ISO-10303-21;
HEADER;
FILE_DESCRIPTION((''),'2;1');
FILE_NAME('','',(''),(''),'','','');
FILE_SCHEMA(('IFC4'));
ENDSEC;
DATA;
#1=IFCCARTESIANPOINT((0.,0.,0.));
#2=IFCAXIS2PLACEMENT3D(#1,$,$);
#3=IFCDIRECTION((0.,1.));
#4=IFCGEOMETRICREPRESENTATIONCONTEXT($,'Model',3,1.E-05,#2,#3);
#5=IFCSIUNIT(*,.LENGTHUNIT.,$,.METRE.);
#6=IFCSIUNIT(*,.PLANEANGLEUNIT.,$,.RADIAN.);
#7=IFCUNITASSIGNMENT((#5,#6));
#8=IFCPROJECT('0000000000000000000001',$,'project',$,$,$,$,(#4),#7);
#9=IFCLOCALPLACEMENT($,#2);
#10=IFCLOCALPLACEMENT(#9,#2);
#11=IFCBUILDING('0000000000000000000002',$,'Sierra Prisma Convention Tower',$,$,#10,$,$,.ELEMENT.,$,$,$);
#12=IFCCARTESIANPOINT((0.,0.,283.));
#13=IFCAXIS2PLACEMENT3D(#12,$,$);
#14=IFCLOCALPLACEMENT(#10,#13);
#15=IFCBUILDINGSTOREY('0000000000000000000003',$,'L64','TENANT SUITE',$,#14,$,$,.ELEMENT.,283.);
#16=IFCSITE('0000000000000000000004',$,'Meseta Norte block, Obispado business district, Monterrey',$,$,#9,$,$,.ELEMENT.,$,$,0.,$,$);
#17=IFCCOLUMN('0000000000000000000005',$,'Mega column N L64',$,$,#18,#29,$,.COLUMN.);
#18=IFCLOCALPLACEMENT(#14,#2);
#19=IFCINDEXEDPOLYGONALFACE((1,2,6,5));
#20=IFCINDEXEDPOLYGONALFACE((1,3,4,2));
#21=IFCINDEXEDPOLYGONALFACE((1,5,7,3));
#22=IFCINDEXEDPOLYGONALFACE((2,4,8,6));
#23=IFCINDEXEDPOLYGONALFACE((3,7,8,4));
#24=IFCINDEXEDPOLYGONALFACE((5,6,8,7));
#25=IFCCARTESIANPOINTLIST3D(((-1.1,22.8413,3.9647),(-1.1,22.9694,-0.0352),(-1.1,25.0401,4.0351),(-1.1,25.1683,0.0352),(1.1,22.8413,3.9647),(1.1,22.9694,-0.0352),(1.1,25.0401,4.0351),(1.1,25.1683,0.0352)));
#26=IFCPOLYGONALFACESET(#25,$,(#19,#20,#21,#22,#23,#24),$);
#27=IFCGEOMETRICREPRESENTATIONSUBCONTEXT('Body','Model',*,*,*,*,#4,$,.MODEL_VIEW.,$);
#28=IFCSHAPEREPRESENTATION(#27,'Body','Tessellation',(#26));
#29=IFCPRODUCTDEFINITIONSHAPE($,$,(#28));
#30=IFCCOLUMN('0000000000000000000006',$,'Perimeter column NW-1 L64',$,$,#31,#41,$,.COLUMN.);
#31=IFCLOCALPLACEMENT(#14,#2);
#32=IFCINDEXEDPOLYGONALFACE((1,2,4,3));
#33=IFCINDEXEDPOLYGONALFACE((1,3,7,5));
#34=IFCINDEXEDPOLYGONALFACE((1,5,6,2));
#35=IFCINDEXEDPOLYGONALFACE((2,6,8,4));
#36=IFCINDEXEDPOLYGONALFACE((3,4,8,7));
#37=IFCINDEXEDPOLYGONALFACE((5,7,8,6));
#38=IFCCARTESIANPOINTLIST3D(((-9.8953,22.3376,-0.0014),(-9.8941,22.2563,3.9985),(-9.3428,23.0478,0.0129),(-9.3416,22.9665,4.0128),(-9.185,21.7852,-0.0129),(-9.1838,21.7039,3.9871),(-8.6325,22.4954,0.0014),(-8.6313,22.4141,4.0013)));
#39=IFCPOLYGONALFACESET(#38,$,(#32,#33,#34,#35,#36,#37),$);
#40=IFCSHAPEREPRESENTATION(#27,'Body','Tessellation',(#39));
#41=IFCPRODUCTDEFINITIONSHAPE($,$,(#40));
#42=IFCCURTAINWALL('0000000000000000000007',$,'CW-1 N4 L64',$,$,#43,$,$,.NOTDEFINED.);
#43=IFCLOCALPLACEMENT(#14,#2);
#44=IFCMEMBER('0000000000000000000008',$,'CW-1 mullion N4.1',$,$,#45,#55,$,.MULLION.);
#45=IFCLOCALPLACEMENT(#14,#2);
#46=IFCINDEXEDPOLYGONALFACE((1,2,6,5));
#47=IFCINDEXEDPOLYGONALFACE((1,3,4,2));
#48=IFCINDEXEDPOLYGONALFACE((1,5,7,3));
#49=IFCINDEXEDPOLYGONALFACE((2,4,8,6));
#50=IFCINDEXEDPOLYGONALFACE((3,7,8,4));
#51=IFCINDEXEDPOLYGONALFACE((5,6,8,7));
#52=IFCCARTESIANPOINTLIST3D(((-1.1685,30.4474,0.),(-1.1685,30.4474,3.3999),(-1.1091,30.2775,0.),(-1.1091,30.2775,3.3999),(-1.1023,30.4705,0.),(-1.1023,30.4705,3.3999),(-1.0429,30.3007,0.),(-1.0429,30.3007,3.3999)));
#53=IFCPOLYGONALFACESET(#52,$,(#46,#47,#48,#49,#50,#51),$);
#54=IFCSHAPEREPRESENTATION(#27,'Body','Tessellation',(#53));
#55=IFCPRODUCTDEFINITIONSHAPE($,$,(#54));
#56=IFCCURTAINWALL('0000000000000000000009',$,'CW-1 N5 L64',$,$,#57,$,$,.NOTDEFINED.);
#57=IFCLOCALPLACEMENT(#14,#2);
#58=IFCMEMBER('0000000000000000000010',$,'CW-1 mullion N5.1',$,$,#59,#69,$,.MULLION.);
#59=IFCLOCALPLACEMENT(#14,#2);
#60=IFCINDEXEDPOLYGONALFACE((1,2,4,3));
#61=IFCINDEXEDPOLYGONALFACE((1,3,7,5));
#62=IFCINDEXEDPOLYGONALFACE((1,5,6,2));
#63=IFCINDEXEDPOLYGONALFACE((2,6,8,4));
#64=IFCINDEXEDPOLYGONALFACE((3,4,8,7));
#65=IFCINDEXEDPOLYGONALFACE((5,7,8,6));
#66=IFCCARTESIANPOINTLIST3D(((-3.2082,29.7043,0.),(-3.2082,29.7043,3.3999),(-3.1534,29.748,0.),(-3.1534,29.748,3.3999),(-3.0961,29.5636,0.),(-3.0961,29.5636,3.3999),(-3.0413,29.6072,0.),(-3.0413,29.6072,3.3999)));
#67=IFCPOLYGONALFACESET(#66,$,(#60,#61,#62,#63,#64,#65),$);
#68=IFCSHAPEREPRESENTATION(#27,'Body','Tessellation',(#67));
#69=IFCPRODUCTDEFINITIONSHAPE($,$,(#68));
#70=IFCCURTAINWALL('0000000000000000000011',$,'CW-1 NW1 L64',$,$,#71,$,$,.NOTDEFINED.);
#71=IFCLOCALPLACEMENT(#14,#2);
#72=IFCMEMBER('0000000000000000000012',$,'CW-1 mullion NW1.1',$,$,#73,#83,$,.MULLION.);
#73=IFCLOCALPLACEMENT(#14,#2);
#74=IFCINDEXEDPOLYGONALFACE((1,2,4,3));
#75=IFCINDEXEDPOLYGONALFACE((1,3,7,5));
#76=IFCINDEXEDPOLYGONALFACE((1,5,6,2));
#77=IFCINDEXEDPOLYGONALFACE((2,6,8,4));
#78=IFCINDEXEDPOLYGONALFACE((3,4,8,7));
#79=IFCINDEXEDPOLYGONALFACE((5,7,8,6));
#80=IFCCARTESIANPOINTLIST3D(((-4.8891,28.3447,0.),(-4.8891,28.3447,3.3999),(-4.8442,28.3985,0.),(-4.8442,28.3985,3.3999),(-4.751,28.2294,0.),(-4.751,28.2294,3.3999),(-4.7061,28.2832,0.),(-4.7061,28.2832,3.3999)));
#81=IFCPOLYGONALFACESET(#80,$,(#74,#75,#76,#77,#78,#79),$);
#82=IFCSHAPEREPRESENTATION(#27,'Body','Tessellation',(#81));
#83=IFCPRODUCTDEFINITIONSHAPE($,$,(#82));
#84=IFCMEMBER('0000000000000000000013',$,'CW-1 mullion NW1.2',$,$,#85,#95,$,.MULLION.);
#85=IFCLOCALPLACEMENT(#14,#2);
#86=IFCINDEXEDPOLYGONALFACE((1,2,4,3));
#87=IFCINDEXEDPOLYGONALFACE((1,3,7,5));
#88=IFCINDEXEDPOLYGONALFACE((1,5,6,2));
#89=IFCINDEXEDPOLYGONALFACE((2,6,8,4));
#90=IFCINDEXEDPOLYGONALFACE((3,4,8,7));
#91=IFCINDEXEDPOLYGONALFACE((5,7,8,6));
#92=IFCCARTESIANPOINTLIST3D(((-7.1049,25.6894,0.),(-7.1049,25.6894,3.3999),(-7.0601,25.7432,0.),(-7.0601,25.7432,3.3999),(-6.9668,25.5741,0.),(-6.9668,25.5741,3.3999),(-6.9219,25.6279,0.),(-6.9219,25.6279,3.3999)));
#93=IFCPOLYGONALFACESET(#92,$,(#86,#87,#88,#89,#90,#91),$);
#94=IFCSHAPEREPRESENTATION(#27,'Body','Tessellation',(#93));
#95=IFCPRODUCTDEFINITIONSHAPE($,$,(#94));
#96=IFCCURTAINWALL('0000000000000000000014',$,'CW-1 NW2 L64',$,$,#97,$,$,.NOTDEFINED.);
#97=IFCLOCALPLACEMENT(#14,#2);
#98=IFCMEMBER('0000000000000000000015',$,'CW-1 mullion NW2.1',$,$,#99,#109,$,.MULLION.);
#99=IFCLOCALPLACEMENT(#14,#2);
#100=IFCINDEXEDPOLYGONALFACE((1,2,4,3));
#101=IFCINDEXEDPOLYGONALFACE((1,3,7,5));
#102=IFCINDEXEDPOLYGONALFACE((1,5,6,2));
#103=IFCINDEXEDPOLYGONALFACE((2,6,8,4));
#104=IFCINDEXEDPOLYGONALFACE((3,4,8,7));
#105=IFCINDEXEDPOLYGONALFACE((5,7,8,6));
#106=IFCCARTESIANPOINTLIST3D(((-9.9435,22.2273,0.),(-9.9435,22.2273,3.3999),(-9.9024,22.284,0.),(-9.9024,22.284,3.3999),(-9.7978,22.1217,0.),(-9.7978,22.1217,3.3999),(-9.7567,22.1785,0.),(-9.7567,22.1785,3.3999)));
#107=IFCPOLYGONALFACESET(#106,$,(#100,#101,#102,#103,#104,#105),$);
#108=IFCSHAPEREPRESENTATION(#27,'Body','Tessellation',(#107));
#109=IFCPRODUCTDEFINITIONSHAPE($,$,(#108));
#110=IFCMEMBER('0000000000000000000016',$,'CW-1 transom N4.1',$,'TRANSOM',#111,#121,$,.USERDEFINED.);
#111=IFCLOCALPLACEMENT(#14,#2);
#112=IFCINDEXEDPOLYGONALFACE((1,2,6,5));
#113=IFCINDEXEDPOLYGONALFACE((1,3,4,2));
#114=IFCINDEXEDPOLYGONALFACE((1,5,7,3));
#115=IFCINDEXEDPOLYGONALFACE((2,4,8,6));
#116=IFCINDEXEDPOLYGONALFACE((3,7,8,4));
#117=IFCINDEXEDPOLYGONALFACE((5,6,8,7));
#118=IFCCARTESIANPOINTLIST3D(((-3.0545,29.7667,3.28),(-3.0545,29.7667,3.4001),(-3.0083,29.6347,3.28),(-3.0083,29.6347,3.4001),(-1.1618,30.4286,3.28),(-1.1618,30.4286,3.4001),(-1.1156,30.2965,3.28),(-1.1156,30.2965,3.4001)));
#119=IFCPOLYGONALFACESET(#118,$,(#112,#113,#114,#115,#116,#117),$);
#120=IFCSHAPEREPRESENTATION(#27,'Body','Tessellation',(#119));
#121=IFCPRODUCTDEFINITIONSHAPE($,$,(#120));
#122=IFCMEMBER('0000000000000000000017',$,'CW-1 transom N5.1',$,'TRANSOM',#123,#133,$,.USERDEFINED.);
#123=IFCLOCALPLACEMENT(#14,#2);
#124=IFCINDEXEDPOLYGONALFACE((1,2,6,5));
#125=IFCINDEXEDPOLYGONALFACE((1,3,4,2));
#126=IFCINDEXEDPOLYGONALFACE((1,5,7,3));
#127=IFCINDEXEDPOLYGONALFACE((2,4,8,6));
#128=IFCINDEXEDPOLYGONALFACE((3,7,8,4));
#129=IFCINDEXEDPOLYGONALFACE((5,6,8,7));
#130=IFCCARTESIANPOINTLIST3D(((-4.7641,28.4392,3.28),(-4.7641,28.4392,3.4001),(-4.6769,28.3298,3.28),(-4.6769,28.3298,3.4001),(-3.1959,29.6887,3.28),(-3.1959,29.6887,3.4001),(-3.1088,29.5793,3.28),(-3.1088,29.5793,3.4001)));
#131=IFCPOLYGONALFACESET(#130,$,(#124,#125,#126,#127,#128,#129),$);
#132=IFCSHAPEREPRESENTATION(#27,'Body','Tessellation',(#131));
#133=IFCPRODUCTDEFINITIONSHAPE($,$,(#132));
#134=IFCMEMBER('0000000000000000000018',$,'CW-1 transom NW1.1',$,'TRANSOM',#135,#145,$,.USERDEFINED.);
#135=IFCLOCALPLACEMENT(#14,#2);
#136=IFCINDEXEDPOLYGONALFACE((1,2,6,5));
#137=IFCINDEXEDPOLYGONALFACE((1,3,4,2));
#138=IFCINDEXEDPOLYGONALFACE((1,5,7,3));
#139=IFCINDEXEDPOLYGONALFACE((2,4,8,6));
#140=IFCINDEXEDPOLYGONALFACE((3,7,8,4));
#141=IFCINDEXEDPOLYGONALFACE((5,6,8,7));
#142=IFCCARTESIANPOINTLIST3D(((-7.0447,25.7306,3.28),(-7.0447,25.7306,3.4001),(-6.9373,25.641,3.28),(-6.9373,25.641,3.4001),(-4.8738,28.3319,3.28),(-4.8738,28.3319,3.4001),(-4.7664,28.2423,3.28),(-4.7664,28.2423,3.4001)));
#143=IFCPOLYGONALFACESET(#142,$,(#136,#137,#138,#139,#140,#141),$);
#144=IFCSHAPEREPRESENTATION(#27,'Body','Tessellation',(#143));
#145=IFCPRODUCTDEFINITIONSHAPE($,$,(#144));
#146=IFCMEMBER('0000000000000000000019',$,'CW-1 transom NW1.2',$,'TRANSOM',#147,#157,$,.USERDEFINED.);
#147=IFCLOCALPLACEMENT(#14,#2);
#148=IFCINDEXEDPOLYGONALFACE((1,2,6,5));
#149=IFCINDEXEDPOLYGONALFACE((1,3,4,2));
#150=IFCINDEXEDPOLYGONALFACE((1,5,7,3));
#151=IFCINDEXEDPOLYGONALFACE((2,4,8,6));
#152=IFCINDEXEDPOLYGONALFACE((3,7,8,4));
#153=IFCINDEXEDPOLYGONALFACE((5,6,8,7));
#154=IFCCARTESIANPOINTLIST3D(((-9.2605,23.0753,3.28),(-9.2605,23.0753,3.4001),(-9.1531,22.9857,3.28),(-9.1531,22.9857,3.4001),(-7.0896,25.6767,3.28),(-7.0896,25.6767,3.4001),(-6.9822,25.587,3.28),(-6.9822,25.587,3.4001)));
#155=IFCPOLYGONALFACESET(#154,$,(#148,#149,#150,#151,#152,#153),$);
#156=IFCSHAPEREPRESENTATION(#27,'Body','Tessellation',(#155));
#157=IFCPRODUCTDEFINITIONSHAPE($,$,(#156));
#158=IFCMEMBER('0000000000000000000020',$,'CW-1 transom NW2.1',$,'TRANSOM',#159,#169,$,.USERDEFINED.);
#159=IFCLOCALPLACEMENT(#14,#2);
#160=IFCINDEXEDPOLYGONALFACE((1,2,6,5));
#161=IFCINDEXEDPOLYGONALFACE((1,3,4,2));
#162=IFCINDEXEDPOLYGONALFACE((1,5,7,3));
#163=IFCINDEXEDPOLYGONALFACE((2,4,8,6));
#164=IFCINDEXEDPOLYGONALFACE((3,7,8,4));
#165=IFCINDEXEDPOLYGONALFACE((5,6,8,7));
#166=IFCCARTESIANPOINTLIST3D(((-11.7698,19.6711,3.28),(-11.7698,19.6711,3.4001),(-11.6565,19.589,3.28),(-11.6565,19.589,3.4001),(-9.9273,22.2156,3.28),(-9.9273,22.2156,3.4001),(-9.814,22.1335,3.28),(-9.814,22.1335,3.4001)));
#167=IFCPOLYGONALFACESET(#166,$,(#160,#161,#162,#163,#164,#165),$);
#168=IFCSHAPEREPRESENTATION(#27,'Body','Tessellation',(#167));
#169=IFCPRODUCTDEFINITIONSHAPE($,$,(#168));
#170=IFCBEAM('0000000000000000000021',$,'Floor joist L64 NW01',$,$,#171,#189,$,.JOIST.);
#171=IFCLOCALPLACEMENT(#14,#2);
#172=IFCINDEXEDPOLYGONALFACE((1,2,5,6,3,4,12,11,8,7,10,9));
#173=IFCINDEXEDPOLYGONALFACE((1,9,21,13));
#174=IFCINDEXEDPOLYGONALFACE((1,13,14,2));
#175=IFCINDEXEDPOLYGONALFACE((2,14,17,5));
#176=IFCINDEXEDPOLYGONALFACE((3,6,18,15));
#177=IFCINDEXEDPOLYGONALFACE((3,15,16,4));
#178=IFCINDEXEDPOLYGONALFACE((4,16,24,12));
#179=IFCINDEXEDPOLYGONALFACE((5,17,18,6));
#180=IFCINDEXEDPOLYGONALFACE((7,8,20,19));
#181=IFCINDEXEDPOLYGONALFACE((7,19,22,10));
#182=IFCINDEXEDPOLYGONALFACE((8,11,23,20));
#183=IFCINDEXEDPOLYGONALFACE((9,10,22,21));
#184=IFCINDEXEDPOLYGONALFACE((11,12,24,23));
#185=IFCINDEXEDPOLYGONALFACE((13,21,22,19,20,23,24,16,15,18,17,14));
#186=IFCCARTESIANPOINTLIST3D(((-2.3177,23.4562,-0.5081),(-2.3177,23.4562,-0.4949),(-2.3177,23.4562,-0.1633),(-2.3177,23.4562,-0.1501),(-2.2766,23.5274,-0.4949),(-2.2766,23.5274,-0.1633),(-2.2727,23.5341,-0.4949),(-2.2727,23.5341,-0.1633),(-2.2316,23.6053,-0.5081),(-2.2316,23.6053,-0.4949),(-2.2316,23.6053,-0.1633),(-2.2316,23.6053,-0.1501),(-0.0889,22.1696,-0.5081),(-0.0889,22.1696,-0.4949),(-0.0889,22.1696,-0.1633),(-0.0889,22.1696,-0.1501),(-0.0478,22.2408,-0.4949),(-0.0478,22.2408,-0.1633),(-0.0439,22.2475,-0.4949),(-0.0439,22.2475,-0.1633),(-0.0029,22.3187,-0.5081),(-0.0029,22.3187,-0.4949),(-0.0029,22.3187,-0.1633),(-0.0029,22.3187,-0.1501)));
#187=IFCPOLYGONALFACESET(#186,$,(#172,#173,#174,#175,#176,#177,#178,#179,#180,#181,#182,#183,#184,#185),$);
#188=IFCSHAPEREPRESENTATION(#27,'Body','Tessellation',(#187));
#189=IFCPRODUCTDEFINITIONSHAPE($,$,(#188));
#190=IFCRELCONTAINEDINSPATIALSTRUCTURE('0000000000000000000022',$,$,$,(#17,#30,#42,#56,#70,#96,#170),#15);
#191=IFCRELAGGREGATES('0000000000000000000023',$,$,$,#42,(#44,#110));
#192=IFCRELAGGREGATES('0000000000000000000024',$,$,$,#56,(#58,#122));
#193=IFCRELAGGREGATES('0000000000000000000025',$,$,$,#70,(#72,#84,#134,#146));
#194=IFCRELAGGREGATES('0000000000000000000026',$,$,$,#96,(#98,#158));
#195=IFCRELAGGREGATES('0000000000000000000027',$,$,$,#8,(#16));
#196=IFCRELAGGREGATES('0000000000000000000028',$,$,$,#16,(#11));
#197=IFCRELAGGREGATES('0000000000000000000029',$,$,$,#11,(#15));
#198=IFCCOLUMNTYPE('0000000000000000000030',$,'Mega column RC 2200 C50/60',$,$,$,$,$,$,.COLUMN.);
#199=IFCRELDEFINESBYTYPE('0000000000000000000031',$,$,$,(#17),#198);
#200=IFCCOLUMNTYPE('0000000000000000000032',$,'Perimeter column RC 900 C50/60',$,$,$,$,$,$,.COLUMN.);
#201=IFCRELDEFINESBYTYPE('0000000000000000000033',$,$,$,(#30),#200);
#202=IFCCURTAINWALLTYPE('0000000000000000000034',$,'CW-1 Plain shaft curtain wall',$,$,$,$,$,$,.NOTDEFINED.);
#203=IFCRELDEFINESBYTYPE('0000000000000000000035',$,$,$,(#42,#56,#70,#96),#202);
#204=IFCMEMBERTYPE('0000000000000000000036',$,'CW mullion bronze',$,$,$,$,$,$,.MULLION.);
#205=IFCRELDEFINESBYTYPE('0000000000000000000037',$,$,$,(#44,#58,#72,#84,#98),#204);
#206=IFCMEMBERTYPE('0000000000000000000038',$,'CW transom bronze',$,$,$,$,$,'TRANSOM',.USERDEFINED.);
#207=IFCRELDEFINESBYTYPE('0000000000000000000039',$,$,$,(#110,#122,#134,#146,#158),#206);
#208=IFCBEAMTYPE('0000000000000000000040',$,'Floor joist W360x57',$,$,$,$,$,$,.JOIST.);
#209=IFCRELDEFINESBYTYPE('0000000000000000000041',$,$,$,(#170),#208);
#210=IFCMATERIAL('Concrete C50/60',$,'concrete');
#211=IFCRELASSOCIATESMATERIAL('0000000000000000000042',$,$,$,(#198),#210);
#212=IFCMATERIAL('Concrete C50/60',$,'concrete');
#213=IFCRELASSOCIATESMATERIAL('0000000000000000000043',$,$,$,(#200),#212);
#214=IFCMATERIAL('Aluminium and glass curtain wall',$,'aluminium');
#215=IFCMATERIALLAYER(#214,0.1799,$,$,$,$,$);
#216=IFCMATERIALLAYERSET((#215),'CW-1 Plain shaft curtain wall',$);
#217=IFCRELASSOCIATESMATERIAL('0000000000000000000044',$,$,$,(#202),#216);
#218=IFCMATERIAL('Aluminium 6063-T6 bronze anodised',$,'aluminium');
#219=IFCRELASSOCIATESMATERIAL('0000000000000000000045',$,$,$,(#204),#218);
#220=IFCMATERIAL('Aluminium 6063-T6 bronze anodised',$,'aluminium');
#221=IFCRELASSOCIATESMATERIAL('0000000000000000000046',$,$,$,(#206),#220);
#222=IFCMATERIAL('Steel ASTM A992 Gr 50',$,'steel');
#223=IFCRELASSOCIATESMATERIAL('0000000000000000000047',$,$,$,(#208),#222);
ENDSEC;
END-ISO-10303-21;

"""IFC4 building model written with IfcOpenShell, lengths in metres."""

from ifc_helpers import new_model, si_unit, direction, frame, origin, origin_2d, place, context, subcontext, project, spatial, rectangle, i_section, extrude, material, layer, layer_set, material_profile, profile_set, type_object, element, aggregate, save


model = new_model("IFC4")

# Units and contexts
model_context = context("Model", 3, precision=1e-05, world=origin(), true_north=direction((0.0, 1.0)))
body_context = subcontext(model_context, "Body", "Model", "MODEL_VIEW")
ifc_project = project(units=[si_unit("LENGTHUNIT", "METRE"), si_unit("PLANEANGLEUNIT", "RADIAN")], contexts=[model_context])

# Site, building, storey
site_placement = place(None, origin())
site = spatial("IfcSite", under=ifc_project, at=site_placement, Name="Meseta Norte block, Obispado business district, Monterrey", CompositionType="ELEMENT", RefElevation=0.0)
building_placement = place(site_placement, origin())
building = spatial("IfcBuilding", under=site, at=building_placement, Name="Sierra Prisma Convention Tower", CompositionType="ELEMENT")
storey_placement = place(building_placement, frame((0.0, 0.0, 283.0)))
storey = spatial("IfcBuildingStorey", under=building, at=storey_placement, Name="L64", Description="TENANT SUITE", CompositionType="ELEMENT", Elevation=283.0)

# Columns
ifc_material_1 = material(Name="Concrete C50/60", Category="concrete")
ifc_material_profile_1 = material_profile(ifc_material_1, rectangle(XDim=2.2, YDim=2.2, at=origin_2d()), Name="Mega column RC 2200 C50/60")
ifc_profile_set_1 = profile_set([ifc_material_profile_1], Name="Concrete C50/60")
column_type_1 = type_object("IfcColumnType", Name="Mega column RC 2200 C50/60", PredefinedType="COLUMN", material=ifc_profile_set_1)
column_1_placement = place(storey_placement, frame((0.0, 24.0688, 0.0), z_axis=(0.0, -0.032027, 0.999487), x_axis=(1.0, 0.0, 0.0)))
element("IfcColumn", 1, at=column_1_placement, inside=storey, type_object=column_type_1, Name="Mega column N L64", PredefinedType="COLUMN", context=body_context, shape_type="SweptSolid", body=[
    extrude(rectangle(XDim=2.2, YDim=2.2, at=origin_2d()), origin(), (0.0, 0.0, 1.0), 4.002),
])
ifc_material_2 = material(Name="Concrete C50/60", Category="concrete")
ifc_material_profile_2 = material_profile(ifc_material_2, rectangle(XDim=0.8999, YDim=0.8999, at=origin_2d()), Name="Perimeter column RC 900 C50/60")
ifc_profile_set_2 = profile_set([ifc_material_profile_2], Name="Concrete C50/60")
column_type_2 = type_object("IfcColumnType", Name="Perimeter column RC 900 C50/60", PredefinedType="COLUMN", material=ifc_profile_set_2)
column_2_placement = place(storey_placement, frame((-9.2639, 22.4165, 0.0), z_axis=(0.000305, -0.020321, 0.999793), x_axis=(0.613971, 0.789169, 0.015852)))
element("IfcColumn", 2, at=column_2_placement, inside=storey, type_object=column_type_2, Name="Perimeter column NW-1 L64", PredefinedType="COLUMN", context=body_context, shape_type="SweptSolid", body=[
    extrude(rectangle(XDim=0.8999, YDim=0.8999, at=origin_2d()), origin(), (0.0, 0.0, 1.0), 4.0007),
])

# Curtain walls, members
ifc_material_3 = material(Name="Aluminium and glass curtain wall", Category="aluminium")
ifc_layer_1 = layer(ifc_material_3, 0.1799)
ifc_layer_set_1 = layer_set([ifc_layer_1], Name="CW-1 Plain shaft curtain wall")
curtain_wall_type = type_object("IfcCurtainWallType", Name="CW-1 Plain shaft curtain wall", PredefinedType="NOTDEFINED", material=ifc_layer_set_1)
curtain_wall_1_placement = place(storey_placement, origin())
curtain_wall_1 = element("IfcCurtainWall", 3, at=curtain_wall_1_placement, inside=storey, type_object=curtain_wall_type, Name="CW-1 N4 L64", PredefinedType="NOTDEFINED")
ifc_material_4 = material(Name="Aluminium 6063-T6 bronze anodised", Category="aluminium")
ifc_material_profile_3 = material_profile(ifc_material_4, rectangle(XDim=0.1799, YDim=0.0701, at=origin_2d()), Name="ALU MULLION 70x180")
ifc_profile_set_3 = profile_set([ifc_material_profile_3], Name="Aluminium 6063-T6 bronze anodised")
member_type_1 = type_object("IfcMemberType", Name="CW mullion bronze", PredefinedType="MULLION", material=ifc_profile_set_3)
member_1_placement = place(storey_placement, frame((-1.1057, 30.374, 0.0), z_axis=(0.0, 0.0, 1.0), x_axis=(0.330081, -0.943953, 0.0)))
member_1 = element("IfcMember", 4, at=member_1_placement, type_object=member_type_1, Name="CW-1 mullion N4.1", PredefinedType="MULLION", context=body_context, shape_type="SweptSolid", body=[
    extrude(rectangle(XDim=0.1799, YDim=0.0701, at=origin_2d()), origin(), (0.0, 0.0, 1.0), 3.3999),
])
curtain_wall_2_placement = place(storey_placement, origin())
curtain_wall_2 = element("IfcCurtainWall", 5, at=curtain_wall_2_placement, inside=storey, type_object=curtain_wall_type, Name="CW-1 N5 L64", PredefinedType="NOTDEFINED")
member_2_placement = place(storey_placement, frame((-3.1248, 29.6558, 0.0), z_axis=(0.0, 0.0, 1.0), x_axis=(0.623161, -0.782093, 0.0)))
member_2 = element("IfcMember", 6, at=member_2_placement, type_object=member_type_1, Name="CW-1 mullion N5.1", PredefinedType="MULLION", context=body_context, shape_type="SweptSolid", body=[
    extrude(rectangle(XDim=0.1799, YDim=0.0701, at=origin_2d()), origin(), (0.0, 0.0, 1.0), 3.3999),
])

# Curtain wall, members
curtain_wall_3_placement = place(storey_placement, origin())
curtain_wall_3 = element("IfcCurtainWall", 7, at=curtain_wall_3_placement, inside=storey, type_object=curtain_wall_type, Name="CW-1 NW1 L64", PredefinedType="NOTDEFINED")
member_3_placement = place(storey_placement, frame((-4.7976, 28.314, 0.0), z_axis=(0.0, 0.0, 1.0), x_axis=(0.767764, -0.640733, 0.0)))
member_3 = element("IfcMember", 8, at=member_3_placement, type_object=member_type_1, Name="CW-1 mullion NW1.1", PredefinedType="MULLION", context=body_context, shape_type="SweptSolid", body=[
    extrude(rectangle(XDim=0.1799, YDim=0.0701, at=origin_2d()), origin(), (0.0, 0.0, 1.0), 3.3999),
])
member_4_placement = place(storey_placement, frame((-7.0134, 25.6587, 0.0), z_axis=(0.0, 0.0, 1.0), x_axis=(0.767764, -0.640733, 0.0)))
member_4 = element("IfcMember", 9, at=member_4_placement, type_object=member_type_1, Name="CW-1 mullion NW1.2", PredefinedType="MULLION", context=body_context, shape_type="SweptSolid", body=[
    extrude(rectangle(XDim=0.1799, YDim=0.0701, at=origin_2d()), origin(), (0.0, 0.0, 1.0), 3.3999),
])

# Curtain wall, member
curtain_wall_4_placement = place(storey_placement, origin())
curtain_wall_4 = element("IfcCurtainWall", 10, at=curtain_wall_4_placement, inside=storey, type_object=curtain_wall_type, Name="CW-1 NW2 L64", PredefinedType="NOTDEFINED")
member_5_placement = place(storey_placement, frame((-9.8501, 22.2029, 0.0), z_axis=(0.0, 0.0, 1.0), x_axis=(0.809961, -0.586484, 0.0)))
member_5 = element("IfcMember", 11, at=member_5_placement, type_object=member_type_1, Name="CW-1 mullion NW2.1", PredefinedType="MULLION", context=body_context, shape_type="SweptSolid", body=[
    extrude(rectangle(XDim=0.1799, YDim=0.0701, at=origin_2d()), origin(), (0.0, 0.0, 1.0), 3.3999),
])

# Members
ifc_material_5 = material(Name="Aluminium 6063-T6 bronze anodised", Category="aluminium")
ifc_material_profile_4 = material_profile(ifc_material_5, rectangle(XDim=0.1399, YDim=0.1201, at=origin_2d()), Name="ALU TRANSOM 120x140")
ifc_profile_set_4 = profile_set([ifc_material_profile_4], Name="Aluminium 6063-T6 bronze anodised")
member_type_2 = type_object("IfcMemberType", Name="CW transom bronze", ElementType="TRANSOM", PredefinedType="USERDEFINED", material=ifc_profile_set_4)
member_6_placement = place(storey_placement, frame((-1.1387, 30.3625, 3.3401), z_axis=(-0.943955, -0.330074, 0.0), x_axis=(0.330074, -0.943955, 0.0)))
member_6 = element("IfcMember", 12, at=member_6_placement, type_object=member_type_2, Name="CW-1 transom N4.1", ObjectType="TRANSOM", PredefinedType="USERDEFINED", context=body_context, shape_type="SweptSolid", body=[
    extrude(rectangle(XDim=0.1399, YDim=0.1201, at=origin_2d()), origin(), (0.0, 0.0, 1.0), 2.0051),
])
member_7_placement = place(storey_placement, frame((-3.1523, 29.634, 3.3401), z_axis=(-0.782079, -0.623179, 0.0), x_axis=(0.623179, -0.782079, 0.0)))
member_7 = element("IfcMember", 13, at=member_7_placement, type_object=member_type_2, Name="CW-1 transom N5.1", ObjectType="TRANSOM", PredefinedType="USERDEFINED", context=body_context, shape_type="SweptSolid", body=[
    extrude(rectangle(XDim=0.1399, YDim=0.1201, at=origin_2d()), origin(), (0.0, 0.0, 1.0), 2.0051),
])
member_8_placement = place(storey_placement, frame((-4.8201, 28.2871, 3.3401), z_axis=(-0.64073, -0.767766, 0.0), x_axis=(0.767766, -0.64073, 0.0)))
member_8 = element("IfcMember", 14, at=member_8_placement, type_object=member_type_2, Name="CW-1 transom NW1.1", ObjectType="TRANSOM", PredefinedType="USERDEFINED", context=body_context, shape_type="SweptSolid", body=[
    extrude(rectangle(XDim=0.1399, YDim=0.1201, at=origin_2d()), origin(), (0.0, 0.0, 1.0), 3.3882),
])
member_9_placement = place(storey_placement, frame((-7.0359, 25.6318, 3.3401), z_axis=(-0.64073, -0.767766, 0.0), x_axis=(0.767766, -0.64073, 0.0)))
member_9 = element("IfcMember", 15, at=member_9_placement, type_object=member_type_2, Name="CW-1 transom NW1.2", ObjectType="TRANSOM", PredefinedType="USERDEFINED", context=body_context, shape_type="SweptSolid", body=[
    extrude(rectangle(XDim=0.1399, YDim=0.1201, at=origin_2d()), origin(), (0.0, 0.0, 1.0), 3.3882),
])
member_10_placement = place(storey_placement, frame((-9.8706, 22.1746, 3.3401), z_axis=(-0.586512, -0.809941, 0.0), x_axis=(0.809941, -0.586512, 0.0)))
member_10 = element("IfcMember", 16, at=member_10_placement, type_object=member_type_2, Name="CW-1 transom NW2.1", ObjectType="TRANSOM", PredefinedType="USERDEFINED", context=body_context, shape_type="SweptSolid", body=[
    extrude(rectangle(XDim=0.1399, YDim=0.1201, at=origin_2d()), origin(), (0.0, 0.0, 1.0), 3.1416),
])

# Beam
ifc_material_6 = material(Name="Steel ASTM A992 Gr 50", Category="steel")
ifc_material_profile_5 = material_profile(ifc_material_6, i_section(OverallWidth=0.1721, OverallDepth=0.3579, WebThickness=0.0078, FlangeThickness=0.0132, at=origin_2d()), Name="W360x57")
ifc_profile_set_5 = profile_set([ifc_material_profile_5], Name="Steel ASTM A992 Gr 50")
beam_type_1 = type_object("IfcBeamType", Name="Floor joist W360x57", PredefinedType="JOIST", material=ifc_profile_set_5)
beam_1_placement = place(storey_placement, frame((-2.2747, 23.5308, -0.3291), z_axis=(0.866051, -0.499955, 0.0), x_axis=(0.499955, 0.866051, 0.0)))
element("IfcBeam", 17, at=beam_1_placement, inside=storey, type_object=beam_type_1, Name="Floor joist L64 NW01", PredefinedType="JOIST", context=body_context, shape_type="SweptSolid", body=[
    extrude(i_section(OverallWidth=0.1721, OverallDepth=0.3579, WebThickness=0.0078, FlangeThickness=0.0132, at=origin_2d()), origin(), (0.0, 0.0, 1.0), 2.5735),
])

aggregate(curtain_wall_1, [member_1, member_6])
aggregate(curtain_wall_2, [member_2, member_7])
aggregate(curtain_wall_3, [member_3, member_4, member_8, member_9])
aggregate(curtain_wall_4, [member_5, member_10])

save(model, "model.ifc")
